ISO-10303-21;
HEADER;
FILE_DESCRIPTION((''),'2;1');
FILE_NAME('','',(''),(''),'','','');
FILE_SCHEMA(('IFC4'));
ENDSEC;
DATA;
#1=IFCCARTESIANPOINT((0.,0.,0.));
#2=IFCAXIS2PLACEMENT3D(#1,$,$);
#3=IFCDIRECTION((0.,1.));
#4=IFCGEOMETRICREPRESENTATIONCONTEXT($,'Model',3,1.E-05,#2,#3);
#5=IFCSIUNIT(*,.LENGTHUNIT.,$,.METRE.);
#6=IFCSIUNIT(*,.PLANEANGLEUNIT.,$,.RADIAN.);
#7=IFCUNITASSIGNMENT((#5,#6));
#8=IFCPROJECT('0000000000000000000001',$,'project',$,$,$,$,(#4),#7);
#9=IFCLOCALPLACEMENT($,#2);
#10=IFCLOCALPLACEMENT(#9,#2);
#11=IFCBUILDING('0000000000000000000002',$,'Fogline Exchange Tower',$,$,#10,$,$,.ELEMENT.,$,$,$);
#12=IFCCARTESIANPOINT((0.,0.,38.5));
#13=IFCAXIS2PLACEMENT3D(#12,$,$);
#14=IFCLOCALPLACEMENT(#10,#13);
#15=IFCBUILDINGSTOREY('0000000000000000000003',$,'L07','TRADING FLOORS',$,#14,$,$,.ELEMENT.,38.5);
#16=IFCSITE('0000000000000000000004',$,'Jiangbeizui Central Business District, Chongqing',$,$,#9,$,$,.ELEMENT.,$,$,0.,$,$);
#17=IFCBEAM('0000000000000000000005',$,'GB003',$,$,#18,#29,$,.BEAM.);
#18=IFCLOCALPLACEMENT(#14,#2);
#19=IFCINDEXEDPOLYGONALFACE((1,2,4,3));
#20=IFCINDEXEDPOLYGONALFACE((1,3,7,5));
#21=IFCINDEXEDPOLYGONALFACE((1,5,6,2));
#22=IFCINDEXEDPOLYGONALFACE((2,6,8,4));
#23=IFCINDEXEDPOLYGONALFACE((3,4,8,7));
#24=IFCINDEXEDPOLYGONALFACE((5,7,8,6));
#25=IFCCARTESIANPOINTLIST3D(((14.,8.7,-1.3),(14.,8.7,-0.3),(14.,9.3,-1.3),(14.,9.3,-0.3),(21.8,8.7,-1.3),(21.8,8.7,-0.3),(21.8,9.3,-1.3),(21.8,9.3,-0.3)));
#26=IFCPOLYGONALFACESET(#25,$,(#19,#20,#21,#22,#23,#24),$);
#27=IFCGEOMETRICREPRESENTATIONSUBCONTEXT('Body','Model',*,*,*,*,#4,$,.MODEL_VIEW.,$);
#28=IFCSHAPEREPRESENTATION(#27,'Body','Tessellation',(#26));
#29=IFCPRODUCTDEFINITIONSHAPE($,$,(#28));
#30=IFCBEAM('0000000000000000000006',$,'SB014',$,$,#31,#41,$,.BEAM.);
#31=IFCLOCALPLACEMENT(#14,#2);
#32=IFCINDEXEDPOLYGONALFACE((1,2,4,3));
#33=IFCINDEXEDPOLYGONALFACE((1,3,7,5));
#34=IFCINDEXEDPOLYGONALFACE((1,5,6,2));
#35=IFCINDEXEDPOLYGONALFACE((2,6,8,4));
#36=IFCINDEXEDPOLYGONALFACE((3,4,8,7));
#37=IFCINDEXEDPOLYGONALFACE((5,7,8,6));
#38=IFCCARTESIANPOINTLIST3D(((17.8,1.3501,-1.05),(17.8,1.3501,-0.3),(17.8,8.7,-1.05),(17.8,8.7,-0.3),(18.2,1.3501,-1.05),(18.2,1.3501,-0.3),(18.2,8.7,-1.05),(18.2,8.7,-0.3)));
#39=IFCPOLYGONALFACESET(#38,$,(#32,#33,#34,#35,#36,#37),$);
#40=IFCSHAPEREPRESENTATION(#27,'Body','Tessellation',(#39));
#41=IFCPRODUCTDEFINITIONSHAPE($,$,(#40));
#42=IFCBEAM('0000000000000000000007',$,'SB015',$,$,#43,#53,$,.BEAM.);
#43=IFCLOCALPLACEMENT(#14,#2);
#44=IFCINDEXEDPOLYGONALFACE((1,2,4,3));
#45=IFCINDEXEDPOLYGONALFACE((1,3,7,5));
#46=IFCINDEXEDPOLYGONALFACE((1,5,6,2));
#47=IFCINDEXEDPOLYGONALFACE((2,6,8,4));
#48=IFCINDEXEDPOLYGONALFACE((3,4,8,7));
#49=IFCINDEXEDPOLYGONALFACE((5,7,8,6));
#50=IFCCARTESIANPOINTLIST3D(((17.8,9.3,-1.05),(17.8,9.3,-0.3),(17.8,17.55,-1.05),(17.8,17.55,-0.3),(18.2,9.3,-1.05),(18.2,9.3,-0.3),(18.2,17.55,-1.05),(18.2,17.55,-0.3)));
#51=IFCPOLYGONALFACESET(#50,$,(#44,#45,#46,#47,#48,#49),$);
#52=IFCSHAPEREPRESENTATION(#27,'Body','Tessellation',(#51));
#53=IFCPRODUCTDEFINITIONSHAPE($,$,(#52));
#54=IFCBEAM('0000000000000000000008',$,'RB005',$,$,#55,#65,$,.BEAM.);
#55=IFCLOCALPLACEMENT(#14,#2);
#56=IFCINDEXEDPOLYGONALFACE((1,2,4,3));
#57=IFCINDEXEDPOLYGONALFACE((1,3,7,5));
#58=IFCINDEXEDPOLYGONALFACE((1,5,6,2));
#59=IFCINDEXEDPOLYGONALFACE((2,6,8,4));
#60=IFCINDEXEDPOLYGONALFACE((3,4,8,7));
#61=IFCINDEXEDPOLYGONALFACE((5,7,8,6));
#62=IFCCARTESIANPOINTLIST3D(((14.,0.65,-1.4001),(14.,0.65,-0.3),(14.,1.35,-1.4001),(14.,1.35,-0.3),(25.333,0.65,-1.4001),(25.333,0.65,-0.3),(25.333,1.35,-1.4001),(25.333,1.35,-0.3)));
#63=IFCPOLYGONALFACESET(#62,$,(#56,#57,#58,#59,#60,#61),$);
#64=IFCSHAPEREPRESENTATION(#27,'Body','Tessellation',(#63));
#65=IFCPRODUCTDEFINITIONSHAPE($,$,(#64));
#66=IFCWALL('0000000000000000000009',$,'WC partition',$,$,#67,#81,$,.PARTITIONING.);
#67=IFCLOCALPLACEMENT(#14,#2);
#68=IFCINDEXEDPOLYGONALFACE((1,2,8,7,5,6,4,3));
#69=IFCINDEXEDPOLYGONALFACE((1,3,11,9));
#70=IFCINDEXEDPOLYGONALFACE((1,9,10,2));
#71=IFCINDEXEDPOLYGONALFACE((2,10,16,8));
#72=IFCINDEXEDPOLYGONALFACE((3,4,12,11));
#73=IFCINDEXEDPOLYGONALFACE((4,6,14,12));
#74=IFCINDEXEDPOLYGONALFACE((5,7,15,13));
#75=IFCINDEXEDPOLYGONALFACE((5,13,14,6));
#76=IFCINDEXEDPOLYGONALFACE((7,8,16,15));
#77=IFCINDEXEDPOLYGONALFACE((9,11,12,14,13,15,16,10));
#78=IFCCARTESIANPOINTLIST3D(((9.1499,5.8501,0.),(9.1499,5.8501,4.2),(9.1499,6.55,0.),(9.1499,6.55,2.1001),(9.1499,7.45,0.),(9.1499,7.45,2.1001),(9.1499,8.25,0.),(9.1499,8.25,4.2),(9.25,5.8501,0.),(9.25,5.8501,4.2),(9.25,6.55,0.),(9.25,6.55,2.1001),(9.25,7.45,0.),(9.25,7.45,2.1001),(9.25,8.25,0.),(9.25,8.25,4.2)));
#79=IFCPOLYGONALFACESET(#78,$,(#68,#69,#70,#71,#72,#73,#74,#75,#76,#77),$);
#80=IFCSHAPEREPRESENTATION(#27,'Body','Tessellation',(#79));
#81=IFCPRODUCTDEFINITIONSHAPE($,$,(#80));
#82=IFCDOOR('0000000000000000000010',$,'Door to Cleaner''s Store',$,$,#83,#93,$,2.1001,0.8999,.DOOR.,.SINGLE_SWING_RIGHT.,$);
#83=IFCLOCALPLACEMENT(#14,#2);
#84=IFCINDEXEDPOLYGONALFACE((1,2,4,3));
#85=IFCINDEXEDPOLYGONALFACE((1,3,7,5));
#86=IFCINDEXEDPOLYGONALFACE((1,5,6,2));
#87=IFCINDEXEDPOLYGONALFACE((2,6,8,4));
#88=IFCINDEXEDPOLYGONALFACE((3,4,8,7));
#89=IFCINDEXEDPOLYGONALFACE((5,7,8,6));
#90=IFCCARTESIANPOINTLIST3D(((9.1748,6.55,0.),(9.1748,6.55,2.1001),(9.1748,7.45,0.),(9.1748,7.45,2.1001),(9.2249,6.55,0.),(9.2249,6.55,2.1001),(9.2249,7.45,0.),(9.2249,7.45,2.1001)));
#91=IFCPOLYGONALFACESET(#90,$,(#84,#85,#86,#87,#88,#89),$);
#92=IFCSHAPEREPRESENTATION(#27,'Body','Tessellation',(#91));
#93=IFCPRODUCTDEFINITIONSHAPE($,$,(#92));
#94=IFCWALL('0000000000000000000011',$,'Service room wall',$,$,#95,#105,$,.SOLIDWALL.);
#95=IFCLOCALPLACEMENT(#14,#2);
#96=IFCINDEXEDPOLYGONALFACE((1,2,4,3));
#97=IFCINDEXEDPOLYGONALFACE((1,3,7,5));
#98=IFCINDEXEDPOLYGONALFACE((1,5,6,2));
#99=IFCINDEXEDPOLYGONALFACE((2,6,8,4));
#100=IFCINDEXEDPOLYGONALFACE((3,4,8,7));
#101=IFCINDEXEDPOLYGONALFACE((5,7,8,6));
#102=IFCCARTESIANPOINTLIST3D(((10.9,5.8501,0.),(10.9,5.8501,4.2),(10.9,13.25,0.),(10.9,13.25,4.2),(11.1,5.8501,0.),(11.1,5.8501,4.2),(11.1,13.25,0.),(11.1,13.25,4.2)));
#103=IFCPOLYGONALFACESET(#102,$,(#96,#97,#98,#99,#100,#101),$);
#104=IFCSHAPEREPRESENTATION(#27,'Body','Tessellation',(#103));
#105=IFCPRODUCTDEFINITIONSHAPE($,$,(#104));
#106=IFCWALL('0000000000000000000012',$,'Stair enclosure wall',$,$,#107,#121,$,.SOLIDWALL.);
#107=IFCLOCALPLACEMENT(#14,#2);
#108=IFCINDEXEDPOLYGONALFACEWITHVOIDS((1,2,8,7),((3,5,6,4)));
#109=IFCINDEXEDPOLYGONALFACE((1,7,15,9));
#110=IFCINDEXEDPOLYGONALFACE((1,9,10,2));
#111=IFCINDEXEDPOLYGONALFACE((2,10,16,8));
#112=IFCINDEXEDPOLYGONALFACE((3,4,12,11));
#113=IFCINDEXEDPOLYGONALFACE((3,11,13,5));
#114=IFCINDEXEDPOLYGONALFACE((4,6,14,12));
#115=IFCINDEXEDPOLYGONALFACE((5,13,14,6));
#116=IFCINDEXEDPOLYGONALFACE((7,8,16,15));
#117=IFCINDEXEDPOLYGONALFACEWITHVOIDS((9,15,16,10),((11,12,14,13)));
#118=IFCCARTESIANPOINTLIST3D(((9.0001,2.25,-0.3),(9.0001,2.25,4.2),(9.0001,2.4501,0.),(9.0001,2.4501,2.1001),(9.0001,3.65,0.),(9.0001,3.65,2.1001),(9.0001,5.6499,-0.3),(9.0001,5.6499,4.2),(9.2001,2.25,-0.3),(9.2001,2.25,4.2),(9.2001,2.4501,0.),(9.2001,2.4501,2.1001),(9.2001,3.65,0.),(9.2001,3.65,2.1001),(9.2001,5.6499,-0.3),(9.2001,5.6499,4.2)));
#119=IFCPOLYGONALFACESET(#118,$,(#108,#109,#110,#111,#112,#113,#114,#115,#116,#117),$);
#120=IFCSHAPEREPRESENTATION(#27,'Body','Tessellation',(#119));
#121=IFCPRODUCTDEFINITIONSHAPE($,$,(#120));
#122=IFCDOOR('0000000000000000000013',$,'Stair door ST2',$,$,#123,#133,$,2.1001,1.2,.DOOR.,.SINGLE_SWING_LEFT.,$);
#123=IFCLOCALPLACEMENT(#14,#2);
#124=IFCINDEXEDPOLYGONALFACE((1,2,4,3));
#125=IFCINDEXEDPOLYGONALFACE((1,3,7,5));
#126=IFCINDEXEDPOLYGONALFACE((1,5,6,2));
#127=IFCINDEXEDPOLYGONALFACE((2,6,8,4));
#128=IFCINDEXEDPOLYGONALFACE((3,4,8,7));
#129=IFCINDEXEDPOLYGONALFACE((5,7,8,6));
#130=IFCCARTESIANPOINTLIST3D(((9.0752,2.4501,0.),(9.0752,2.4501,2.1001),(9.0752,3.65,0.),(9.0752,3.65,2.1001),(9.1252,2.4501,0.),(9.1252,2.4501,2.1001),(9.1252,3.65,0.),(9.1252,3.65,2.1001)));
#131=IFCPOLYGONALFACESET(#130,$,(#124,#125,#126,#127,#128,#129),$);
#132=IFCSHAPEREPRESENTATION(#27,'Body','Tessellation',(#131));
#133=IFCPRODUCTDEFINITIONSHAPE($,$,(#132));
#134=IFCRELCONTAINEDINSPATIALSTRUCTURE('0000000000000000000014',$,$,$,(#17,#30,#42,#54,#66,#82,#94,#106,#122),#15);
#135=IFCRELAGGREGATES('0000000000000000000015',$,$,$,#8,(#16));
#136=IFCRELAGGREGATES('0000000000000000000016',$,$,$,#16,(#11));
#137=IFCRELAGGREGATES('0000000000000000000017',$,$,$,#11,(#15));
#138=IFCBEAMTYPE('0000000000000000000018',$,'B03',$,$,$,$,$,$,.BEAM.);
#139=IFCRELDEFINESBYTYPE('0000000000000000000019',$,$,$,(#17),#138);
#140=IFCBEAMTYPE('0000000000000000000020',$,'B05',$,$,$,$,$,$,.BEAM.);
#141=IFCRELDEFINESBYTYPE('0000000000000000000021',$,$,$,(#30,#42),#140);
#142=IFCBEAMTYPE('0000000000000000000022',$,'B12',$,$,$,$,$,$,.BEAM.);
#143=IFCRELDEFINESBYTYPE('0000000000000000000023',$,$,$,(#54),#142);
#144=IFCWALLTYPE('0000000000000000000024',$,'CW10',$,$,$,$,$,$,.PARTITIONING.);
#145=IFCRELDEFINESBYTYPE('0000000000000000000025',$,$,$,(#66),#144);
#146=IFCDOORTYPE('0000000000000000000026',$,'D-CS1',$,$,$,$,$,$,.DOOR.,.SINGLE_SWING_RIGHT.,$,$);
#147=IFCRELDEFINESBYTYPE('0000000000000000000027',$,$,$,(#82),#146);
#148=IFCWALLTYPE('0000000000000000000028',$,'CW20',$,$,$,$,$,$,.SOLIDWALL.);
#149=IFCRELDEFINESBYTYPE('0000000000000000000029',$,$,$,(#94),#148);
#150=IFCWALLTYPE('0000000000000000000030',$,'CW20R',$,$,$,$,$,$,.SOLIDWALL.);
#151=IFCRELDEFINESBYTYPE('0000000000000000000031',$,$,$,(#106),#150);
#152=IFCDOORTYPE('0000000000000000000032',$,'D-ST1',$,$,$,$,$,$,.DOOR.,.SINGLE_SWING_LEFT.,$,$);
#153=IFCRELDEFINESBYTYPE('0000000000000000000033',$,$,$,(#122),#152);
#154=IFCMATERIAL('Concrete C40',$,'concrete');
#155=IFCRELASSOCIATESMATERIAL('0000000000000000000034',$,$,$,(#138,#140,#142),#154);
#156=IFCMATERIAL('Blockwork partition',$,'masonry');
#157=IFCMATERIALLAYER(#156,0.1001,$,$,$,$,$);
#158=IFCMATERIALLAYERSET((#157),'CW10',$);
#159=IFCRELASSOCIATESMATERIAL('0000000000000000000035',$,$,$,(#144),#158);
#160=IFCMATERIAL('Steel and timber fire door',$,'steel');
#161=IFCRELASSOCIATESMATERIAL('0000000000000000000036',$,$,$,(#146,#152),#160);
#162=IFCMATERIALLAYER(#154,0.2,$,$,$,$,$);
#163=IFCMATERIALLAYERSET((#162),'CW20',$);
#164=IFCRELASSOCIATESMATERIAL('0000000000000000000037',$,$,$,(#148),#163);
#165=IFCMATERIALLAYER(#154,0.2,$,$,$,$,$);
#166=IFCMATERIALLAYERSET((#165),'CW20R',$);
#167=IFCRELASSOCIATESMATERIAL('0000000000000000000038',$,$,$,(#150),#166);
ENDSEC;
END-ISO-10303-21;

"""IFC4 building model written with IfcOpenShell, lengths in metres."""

from ifc_helpers import new_model, si_unit, direction, frame, frame_2d, origin, origin_2d, place, context, subcontext, project, spatial, rectangle, extrude, material, layer, layer_set, material_profile, profile_set, type_object, element, fill, save


model = new_model("IFC4")

# Units and contexts
model_context = context("Model", 3, precision=1e-05, world=origin(), true_north=direction((0.0, 1.0)))
body_context = subcontext(model_context, "Body", "Model", "MODEL_VIEW")
ifc_project = project(units=[si_unit("LENGTHUNIT", "METRE"), si_unit("PLANEANGLEUNIT", "RADIAN")], contexts=[model_context])

# Site, building, storey
site_placement = place(None, origin())
site = spatial("IfcSite", under=ifc_project, at=site_placement, Name="Jiangbeizui Central Business District, Chongqing", CompositionType="ELEMENT", RefElevation=0.0)
building_placement = place(site_placement, origin())
building = spatial("IfcBuilding", under=site, at=building_placement, Name="Fogline Exchange Tower", CompositionType="ELEMENT")
storey_placement = place(building_placement, frame((0.0, 0.0, 38.5)))
storey = spatial("IfcBuildingStorey", under=building, at=storey_placement, Name="L07", Description="TRADING FLOORS", CompositionType="ELEMENT", Elevation=38.5)

# Beams
ifc_material_1 = material(Name="Concrete C40", Category="concrete")
ifc_material_profile_1 = material_profile(ifc_material_1, rectangle(XDim=0.6001, YDim=1.0, at=origin_2d()), Name="RC 600x1000")
ifc_profile_set_1 = profile_set([ifc_material_profile_1], Name="Concrete C40")
beam_type_1 = type_object("IfcBeamType", Name="B03", PredefinedType="BEAM", material=ifc_profile_set_1)
beam_1_placement = place(storey_placement, frame((14.0, 9.0, -0.8), z_axis=(1.0, 0.0, 0.0), x_axis=(0.0, 1.0, 0.0)))
element("IfcBeam", 1, at=beam_1_placement, inside=storey, type_object=beam_type_1, Name="GB003", PredefinedType="BEAM", context=body_context, shape_type="SweptSolid", body=[
    extrude(rectangle(XDim=0.6001, YDim=1.0, at=origin_2d()), origin(), (0.0, 0.0, 1.0), 7.8),
])
ifc_material_profile_2 = material_profile(ifc_material_1, rectangle(XDim=0.3999, YDim=0.75, at=origin_2d()), Name="RC 400x750")
ifc_profile_set_2 = profile_set([ifc_material_profile_2], Name="Concrete C40")
beam_type_2 = type_object("IfcBeamType", Name="B05", PredefinedType="BEAM", material=ifc_profile_set_2)
beam_2_placement = place(storey_placement, frame((18.0, 1.3501, -0.675), z_axis=(0.0, 1.0, 0.0), x_axis=(-1.0, 0.0, 0.0)))
element("IfcBeam", 2, at=beam_2_placement, inside=storey, type_object=beam_type_2, Name="SB014", PredefinedType="BEAM", context=body_context, shape_type="SweptSolid", body=[
    extrude(rectangle(XDim=0.3999, YDim=0.75, at=origin_2d()), origin(), (0.0, 0.0, 1.0), 7.3499),
])
beam_3_placement = place(storey_placement, frame((18.0, 9.3, -0.675), z_axis=(0.0, 1.0, 0.0), x_axis=(-1.0, 0.0, 0.0)))
element("IfcBeam", 3, at=beam_3_placement, inside=storey, type_object=beam_type_2, Name="SB015", PredefinedType="BEAM", context=body_context, shape_type="SweptSolid", body=[
    extrude(rectangle(XDim=0.3999, YDim=0.75, at=origin_2d()), origin(), (0.0, 0.0, 1.0), 8.25),
])
ifc_material_profile_3 = material_profile(ifc_material_1, rectangle(XDim=0.7, YDim=1.1001, at=origin_2d()), Name="RC 700x1100")
ifc_profile_set_3 = profile_set([ifc_material_profile_3], Name="Concrete C40")
beam_type_3 = type_object("IfcBeamType", Name="B12", PredefinedType="BEAM", material=ifc_profile_set_3)
beam_4_placement = place(storey_placement, frame((14.0, 1.0, -0.8501), z_axis=(1.0, 0.0, 0.0), x_axis=(0.0, 1.0, 0.0)))
element("IfcBeam", 4, at=beam_4_placement, inside=storey, type_object=beam_type_3, Name="RB005", PredefinedType="BEAM", context=body_context, shape_type="SweptSolid", body=[
    extrude(rectangle(XDim=0.7, YDim=1.1001, at=origin_2d()), origin(), (0.0, 0.0, 1.0), 11.333),
])

# Wall, opening, door
ifc_material_2 = material(Name="Blockwork partition", Category="masonry")
ifc_layer_1 = layer(ifc_material_2, 0.1001)
ifc_layer_set_1 = layer_set([ifc_layer_1], Name="CW10")
wall_type_1 = type_object("IfcWallType", Name="CW10", PredefinedType="PARTITIONING", material=ifc_layer_set_1)
wall_1_placement = place(storey_placement, frame((9.2, 5.8501, 0.0), z_axis=(0.0, 0.0, 1.0), x_axis=(0.0, 1.0, 0.0)))
wall_1 = element("IfcWall", 5, at=wall_1_placement, inside=storey, type_object=wall_type_1, Name="WC partition", PredefinedType="PARTITIONING", context=body_context, shape_type="SweptSolid", body=[
    extrude(rectangle(XDim=2.3999, YDim=0.1001, at=frame_2d((1.2, 0.0))), origin(), (0.0, 0.0, 1.0), 4.2),
])
opening_1_placement = place(wall_1_placement, frame((0.7, 0.0, 0.0)))
opening_1 = element("IfcOpeningElement", 6, at=opening_1_placement, cuts=wall_1, PredefinedType="OPENING", context=body_context, shape_type="SweptSolid", body=[
    extrude(rectangle(XDim=0.8999, YDim=2.1001, at=frame_2d((0.45, 1.05))), frame((0.0, 0.0601, 0.0), z_axis=(0.0, -1.0, 0.0), x_axis=(1.0, 0.0, 0.0)), (0.0, 0.0, 1.0), 0.1201),
])
ifc_material_3 = material(Name="Steel and timber fire door", Category="steel")
door_type_1 = type_object("IfcDoorType", Name="D-CS1", OperationType="SINGLE_SWING_RIGHT", PredefinedType="DOOR", material=ifc_material_3)
door_1_placement = place(opening_1_placement, frame((0.8999, 0.0, 0.0), z_axis=(0.0, 0.0, 1.0), x_axis=(-1.0, 0.0, 0.0)))
door_1 = element("IfcDoor", 7, at=door_1_placement, inside=storey, type_object=door_type_1, Name="Door to Cleaner's Store", OperationType="SINGLE_SWING_RIGHT", OverallHeight=2.1001, OverallWidth=0.8999, PredefinedType="DOOR", context=body_context, shape_type="SweptSolid", body=[
    extrude(rectangle(XDim=0.8999, YDim=2.1001, at=frame_2d((0.45, 1.05))), frame((0.0, 0.0249, 0.0), z_axis=(0.0, -1.0, 0.0), x_axis=(1.0, 0.0, 0.0)), (0.0, 0.0, 1.0), 0.05),
])
fill(opening_1, door_1)

# Wall
ifc_layer_2 = layer(ifc_material_1, 0.2)
ifc_layer_set_2 = layer_set([ifc_layer_2], Name="CW20")
wall_type_2 = type_object("IfcWallType", Name="CW20", PredefinedType="SOLIDWALL", material=ifc_layer_set_2)
wall_2_placement = place(storey_placement, frame((11.0, 5.8501, 0.0), z_axis=(0.0, 0.0, 1.0), x_axis=(0.0, 1.0, 0.0)))
element("IfcWall", 8, at=wall_2_placement, inside=storey, type_object=wall_type_2, Name="Service room wall", PredefinedType="SOLIDWALL", context=body_context, shape_type="SweptSolid", body=[
    extrude(rectangle(XDim=7.3999, YDim=0.2, at=frame_2d((3.7, 0.0))), origin(), (0.0, 0.0, 1.0), 4.2),
])

# Wall, opening, door
ifc_layer_3 = layer(ifc_material_1, 0.2)
ifc_layer_set_3 = layer_set([ifc_layer_3], Name="CW20R")
wall_type_3 = type_object("IfcWallType", Name="CW20R", PredefinedType="SOLIDWALL", material=ifc_layer_set_3)
wall_3_placement = place(storey_placement, frame((9.1001, 2.25, -0.3), z_axis=(0.0, 0.0, 1.0), x_axis=(0.0, 1.0, 0.0)))
wall_3 = element("IfcWall", 9, at=wall_3_placement, inside=storey, type_object=wall_type_3, Name="Stair enclosure wall", PredefinedType="SOLIDWALL", context=body_context, shape_type="SweptSolid", body=[
    extrude(rectangle(XDim=3.3999, YDim=0.2, at=frame_2d((1.7, 0.0))), origin(), (0.0, 0.0, 1.0), 4.5),
])
opening_2_placement = place(wall_3_placement, frame((0.2, 0.0, 0.3)))
opening_2 = element("IfcOpeningElement", 10, at=opening_2_placement, cuts=wall_3, PredefinedType="OPENING", context=body_context, shape_type="SweptSolid", body=[
    extrude(rectangle(XDim=1.2, YDim=2.1001, at=frame_2d((0.6001, 1.05))), frame((0.0, 0.1099, 0.0), z_axis=(0.0, -1.0, 0.0), x_axis=(1.0, 0.0, 0.0)), (0.0, 0.0, 1.0), 0.22),
])
door_type_2 = type_object("IfcDoorType", Name="D-ST1", OperationType="SINGLE_SWING_LEFT", PredefinedType="DOOR", material=ifc_material_3)
door_2_placement = place(opening_2_placement, origin())
door_2 = element("IfcDoor", 11, at=door_2_placement, inside=storey, type_object=door_type_2, Name="Stair door ST2", OperationType="SINGLE_SWING_LEFT", OverallHeight=2.1001, OverallWidth=1.2, PredefinedType="DOOR", context=body_context, shape_type="SweptSolid", body=[
    extrude(rectangle(XDim=1.2, YDim=2.1001, at=frame_2d((0.6001, 1.05))), frame((0.0, 0.0249, 0.0), z_axis=(0.0, -1.0, 0.0), x_axis=(1.0, 0.0, 0.0)), (0.0, 0.0, 1.0), 0.05),
])
fill(opening_2, door_2)

save(model, "model.ifc")
